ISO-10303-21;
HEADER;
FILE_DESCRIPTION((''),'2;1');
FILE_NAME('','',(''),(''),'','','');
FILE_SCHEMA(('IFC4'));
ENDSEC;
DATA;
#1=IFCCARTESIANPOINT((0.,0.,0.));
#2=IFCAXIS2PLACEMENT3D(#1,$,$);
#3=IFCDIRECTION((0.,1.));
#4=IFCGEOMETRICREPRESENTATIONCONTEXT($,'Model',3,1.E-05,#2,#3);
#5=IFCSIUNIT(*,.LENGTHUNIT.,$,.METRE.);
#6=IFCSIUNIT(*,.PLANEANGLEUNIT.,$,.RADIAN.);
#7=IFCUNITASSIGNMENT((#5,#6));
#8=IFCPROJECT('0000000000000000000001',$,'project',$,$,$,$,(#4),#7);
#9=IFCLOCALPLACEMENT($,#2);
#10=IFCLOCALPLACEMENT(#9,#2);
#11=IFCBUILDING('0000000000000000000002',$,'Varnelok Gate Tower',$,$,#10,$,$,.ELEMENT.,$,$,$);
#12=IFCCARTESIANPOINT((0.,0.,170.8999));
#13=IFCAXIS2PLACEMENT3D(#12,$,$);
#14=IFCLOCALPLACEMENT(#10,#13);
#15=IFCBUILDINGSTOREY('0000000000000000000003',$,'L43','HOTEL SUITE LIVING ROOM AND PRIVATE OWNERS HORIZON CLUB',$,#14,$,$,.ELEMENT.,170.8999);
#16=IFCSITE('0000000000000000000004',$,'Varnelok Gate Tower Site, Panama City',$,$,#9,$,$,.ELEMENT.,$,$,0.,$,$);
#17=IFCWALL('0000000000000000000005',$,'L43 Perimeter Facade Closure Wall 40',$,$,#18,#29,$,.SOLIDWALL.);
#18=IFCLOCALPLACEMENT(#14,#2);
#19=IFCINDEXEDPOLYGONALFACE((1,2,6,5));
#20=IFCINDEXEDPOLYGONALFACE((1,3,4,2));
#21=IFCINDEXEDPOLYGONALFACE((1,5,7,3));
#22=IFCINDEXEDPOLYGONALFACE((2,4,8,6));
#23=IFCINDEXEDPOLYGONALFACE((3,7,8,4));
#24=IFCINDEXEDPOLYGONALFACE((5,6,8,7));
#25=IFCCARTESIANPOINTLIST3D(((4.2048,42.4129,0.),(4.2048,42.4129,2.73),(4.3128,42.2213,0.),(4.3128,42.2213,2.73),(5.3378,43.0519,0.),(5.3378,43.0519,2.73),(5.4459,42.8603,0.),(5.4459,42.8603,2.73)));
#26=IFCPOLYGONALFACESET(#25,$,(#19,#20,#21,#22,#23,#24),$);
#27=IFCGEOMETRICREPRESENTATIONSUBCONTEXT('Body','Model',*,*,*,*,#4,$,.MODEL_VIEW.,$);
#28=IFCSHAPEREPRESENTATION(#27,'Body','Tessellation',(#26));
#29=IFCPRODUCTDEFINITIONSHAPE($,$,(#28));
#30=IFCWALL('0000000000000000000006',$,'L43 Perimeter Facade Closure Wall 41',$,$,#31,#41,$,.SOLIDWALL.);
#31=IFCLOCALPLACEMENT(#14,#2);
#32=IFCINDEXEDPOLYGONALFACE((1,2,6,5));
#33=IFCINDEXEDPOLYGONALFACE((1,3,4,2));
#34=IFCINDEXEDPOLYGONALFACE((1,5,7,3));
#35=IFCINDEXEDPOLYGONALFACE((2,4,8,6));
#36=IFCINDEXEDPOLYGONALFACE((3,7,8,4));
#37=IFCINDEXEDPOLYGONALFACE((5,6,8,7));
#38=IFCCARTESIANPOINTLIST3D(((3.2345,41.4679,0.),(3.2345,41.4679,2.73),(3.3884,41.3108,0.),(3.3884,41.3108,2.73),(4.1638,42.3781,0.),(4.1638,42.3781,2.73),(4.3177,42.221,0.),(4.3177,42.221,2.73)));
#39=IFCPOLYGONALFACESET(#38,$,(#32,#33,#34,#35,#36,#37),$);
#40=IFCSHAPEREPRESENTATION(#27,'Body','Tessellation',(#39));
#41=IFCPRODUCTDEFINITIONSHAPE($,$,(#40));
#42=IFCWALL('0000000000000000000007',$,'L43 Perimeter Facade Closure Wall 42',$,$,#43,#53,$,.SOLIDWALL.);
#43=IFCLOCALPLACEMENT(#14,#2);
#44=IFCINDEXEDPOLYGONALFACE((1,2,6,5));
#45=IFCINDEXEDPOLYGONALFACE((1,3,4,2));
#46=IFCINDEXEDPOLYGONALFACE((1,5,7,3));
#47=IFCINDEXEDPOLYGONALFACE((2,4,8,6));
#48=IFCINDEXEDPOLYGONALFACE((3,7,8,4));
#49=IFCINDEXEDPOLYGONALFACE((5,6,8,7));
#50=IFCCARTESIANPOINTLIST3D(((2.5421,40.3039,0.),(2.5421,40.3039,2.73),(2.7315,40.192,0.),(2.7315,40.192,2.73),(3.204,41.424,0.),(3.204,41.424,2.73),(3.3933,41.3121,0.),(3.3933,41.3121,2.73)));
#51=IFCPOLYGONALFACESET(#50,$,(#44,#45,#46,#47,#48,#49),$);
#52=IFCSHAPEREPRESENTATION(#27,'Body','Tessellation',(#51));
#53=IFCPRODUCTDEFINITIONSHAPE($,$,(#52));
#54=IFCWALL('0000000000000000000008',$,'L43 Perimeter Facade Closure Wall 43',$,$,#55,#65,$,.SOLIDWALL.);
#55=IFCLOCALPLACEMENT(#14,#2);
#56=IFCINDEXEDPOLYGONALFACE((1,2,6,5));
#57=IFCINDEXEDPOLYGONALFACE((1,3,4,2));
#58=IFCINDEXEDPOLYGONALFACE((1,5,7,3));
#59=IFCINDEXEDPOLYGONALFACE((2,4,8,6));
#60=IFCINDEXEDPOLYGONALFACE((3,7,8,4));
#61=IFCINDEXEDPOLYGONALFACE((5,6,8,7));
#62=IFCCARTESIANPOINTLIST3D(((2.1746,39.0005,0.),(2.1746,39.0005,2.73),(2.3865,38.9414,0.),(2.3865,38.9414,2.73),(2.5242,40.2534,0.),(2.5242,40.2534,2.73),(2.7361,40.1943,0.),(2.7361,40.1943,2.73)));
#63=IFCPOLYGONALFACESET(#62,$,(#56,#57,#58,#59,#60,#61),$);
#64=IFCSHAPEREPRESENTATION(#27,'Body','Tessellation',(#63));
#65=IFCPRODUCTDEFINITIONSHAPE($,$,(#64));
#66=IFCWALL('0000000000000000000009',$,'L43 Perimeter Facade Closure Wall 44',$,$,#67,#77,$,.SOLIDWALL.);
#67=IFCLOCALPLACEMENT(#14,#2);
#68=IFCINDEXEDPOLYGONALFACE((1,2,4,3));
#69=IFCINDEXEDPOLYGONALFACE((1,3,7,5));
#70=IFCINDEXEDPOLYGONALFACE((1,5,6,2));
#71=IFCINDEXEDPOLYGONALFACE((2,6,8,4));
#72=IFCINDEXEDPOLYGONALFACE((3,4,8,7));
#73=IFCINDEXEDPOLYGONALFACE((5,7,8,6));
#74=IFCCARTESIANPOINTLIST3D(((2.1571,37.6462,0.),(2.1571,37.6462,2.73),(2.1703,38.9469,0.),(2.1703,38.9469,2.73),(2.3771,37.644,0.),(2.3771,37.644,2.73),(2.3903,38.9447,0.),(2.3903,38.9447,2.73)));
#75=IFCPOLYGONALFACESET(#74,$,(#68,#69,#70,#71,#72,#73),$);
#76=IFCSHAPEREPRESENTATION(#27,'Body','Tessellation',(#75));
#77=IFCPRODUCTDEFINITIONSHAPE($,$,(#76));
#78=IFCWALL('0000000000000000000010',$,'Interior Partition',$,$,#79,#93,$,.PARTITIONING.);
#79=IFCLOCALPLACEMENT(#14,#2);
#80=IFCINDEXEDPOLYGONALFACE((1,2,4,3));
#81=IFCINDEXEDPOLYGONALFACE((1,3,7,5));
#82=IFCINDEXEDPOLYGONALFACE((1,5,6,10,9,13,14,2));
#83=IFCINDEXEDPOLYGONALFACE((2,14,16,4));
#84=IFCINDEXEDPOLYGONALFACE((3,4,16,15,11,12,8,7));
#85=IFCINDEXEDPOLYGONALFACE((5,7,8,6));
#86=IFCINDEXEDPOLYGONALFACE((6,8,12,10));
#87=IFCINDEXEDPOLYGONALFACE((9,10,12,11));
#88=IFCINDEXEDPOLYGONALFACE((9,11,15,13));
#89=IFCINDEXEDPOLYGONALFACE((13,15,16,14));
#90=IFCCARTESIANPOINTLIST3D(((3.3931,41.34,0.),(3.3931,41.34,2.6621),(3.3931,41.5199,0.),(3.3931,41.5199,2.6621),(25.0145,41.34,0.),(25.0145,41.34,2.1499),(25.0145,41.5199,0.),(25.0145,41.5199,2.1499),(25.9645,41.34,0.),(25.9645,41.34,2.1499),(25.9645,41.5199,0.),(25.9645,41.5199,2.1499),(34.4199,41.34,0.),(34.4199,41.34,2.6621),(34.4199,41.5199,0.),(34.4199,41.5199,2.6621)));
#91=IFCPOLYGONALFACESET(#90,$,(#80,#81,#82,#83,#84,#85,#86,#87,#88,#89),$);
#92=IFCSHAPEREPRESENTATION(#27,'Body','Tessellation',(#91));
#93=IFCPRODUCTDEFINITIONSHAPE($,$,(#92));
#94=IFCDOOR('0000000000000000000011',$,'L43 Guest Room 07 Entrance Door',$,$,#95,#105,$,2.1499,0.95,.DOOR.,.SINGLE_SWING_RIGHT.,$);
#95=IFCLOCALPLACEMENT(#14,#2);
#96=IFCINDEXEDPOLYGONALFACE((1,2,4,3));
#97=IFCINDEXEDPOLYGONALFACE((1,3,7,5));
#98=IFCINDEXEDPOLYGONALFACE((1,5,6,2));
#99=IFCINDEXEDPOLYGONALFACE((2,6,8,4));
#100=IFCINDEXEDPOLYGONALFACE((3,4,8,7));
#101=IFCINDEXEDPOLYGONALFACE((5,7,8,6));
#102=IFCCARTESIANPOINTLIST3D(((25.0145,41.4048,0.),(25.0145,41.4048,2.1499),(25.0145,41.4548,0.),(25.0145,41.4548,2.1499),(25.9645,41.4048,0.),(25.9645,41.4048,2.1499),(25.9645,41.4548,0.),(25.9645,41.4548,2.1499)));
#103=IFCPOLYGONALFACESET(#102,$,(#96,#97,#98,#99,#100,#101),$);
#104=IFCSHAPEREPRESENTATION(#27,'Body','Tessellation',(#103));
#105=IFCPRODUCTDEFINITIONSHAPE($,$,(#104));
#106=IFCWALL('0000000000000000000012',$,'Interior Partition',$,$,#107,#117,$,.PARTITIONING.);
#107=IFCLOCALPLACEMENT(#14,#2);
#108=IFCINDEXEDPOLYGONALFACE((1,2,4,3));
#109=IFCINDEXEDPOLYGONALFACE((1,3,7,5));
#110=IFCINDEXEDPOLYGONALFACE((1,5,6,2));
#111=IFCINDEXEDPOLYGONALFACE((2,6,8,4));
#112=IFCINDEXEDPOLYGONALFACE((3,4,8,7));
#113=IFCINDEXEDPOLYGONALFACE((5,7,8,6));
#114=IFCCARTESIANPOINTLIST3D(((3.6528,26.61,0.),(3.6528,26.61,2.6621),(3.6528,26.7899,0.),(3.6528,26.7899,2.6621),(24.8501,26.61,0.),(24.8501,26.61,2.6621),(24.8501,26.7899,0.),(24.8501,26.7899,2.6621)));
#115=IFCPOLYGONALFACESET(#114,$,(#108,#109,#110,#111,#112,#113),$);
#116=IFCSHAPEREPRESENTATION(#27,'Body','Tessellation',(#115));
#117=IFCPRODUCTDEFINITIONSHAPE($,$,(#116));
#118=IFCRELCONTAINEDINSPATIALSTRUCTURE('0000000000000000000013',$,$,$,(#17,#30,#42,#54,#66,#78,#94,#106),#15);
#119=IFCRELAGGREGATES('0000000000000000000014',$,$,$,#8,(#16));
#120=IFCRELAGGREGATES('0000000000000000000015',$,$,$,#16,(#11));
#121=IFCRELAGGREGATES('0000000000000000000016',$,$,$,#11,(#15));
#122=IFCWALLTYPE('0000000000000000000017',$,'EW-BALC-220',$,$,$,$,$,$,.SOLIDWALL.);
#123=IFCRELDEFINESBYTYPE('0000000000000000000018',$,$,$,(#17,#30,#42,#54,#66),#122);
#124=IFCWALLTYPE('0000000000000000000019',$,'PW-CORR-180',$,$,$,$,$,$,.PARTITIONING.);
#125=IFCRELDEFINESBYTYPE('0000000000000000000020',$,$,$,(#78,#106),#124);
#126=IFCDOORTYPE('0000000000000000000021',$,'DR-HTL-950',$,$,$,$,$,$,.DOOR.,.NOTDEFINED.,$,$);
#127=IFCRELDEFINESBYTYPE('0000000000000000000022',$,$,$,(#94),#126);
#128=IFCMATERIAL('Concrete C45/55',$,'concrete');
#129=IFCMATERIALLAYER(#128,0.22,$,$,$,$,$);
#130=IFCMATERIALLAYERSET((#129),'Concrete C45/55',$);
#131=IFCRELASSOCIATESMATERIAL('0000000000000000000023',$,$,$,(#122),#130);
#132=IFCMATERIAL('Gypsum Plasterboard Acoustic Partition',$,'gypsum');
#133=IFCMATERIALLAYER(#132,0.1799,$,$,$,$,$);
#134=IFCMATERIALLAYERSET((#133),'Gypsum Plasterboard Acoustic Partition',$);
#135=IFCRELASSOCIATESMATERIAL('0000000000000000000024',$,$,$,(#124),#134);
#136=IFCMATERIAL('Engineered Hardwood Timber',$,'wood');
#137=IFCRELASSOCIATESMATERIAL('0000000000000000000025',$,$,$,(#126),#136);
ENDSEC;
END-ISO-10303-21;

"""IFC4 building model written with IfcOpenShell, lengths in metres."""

from ifc_helpers import new_model, si_unit, direction, frame, frame_2d, origin, place, context, subcontext, project, spatial, rectangle, extrude, material, layer, layer_set, type_object, element, fill, save


model = new_model("IFC4")

# Units and contexts
model_context = context("Model", 3, precision=1e-05, world=origin(), true_north=direction((0.0, 1.0)))
body_context = subcontext(model_context, "Body", "Model", "MODEL_VIEW")
ifc_project = project(units=[si_unit("LENGTHUNIT", "METRE"), si_unit("PLANEANGLEUNIT", "RADIAN")], contexts=[model_context])

# Site, building, storey
site_placement = place(None, origin())
site = spatial("IfcSite", under=ifc_project, at=site_placement, Name="Varnelok Gate Tower Site, Panama City", CompositionType="ELEMENT", RefElevation=0.0)
building_placement = place(site_placement, origin())
building = spatial("IfcBuilding", under=site, at=building_placement, Name="Varnelok Gate Tower", CompositionType="ELEMENT")
storey_placement = place(building_placement, frame((0.0, 0.0, 170.8999)))
storey = spatial("IfcBuildingStorey", under=building, at=storey_placement, Name="L43", Description="HOTEL SUITE LIVING ROOM AND PRIVATE OWNERS HORIZON CLUB", CompositionType="ELEMENT", Elevation=170.8999)

# Walls
ifc_material_1 = material(Name="Concrete C45/55", Category="concrete")
ifc_layer_1 = layer(ifc_material_1, 0.22)
ifc_layer_set_1 = layer_set([ifc_layer_1], Name="Concrete C45/55")
wall_type_1 = type_object("IfcWallType", Name="EW-BALC-220", PredefinedType="SOLIDWALL", material=ifc_layer_set_1)
for number, where, z_axis, x_axis, name in (
    (1, (5.3918, 42.9561, 0.0), (0.0, 0.0, 1.0), (-0.871059, -0.491179, 0.0), "L43 Perimeter Facade Closure Wall 40"),
    (2, (4.2407, 42.2996, 0.0), (0.0, 0.0, 1.0), (-0.714389, -0.699749, 0.0), "L43 Perimeter Facade Closure Wall 41"),
):
    element("IfcWall", number, at=place(storey_placement, frame(where, z_axis=z_axis, x_axis=x_axis)), inside=storey, type_object=wall_type_1, Name=name, PredefinedType="SOLIDWALL", context=body_context, shape_type="SweptSolid", body=[
        extrude(rectangle(XDim=1.3008, YDim=0.22, at=frame_2d((0.6504, 0.0))), origin(), (0.0, 0.0, 1.0), 2.73),
    ])
wall_1_placement = place(storey_placement, frame((3.2986, 41.3679, 0.0), z_axis=(0.0, 0.0, 1.0), x_axis=(-0.508717, -0.860934, 0.0)))
element("IfcWall", 3, at=wall_1_placement, inside=storey, type_object=wall_type_1, Name="L43 Perimeter Facade Closure Wall 42", PredefinedType="SOLIDWALL", context=body_context, shape_type="SweptSolid", body=[
    extrude(rectangle(XDim=1.301, YDim=0.22, at=frame_2d((0.6504, 0.0))), origin(), (0.0, 0.0, 1.0), 2.73),
])
for number, where, z_axis, x_axis, name in (
    (4, (2.6301, 40.2239, 0.0), (0.0, 0.0, 1.0), (-0.268767, -0.963205, 0.0), "L43 Perimeter Facade Closure Wall 43"),
    (5, (2.2803, 38.9458, 0.0), (0.0, 0.0, 1.0), (-0.010135, -0.999949, 0.0), "L43 Perimeter Facade Closure Wall 44"),
):
    element("IfcWall", number, at=place(storey_placement, frame(where, z_axis=z_axis, x_axis=x_axis)), inside=storey, type_object=wall_type_1, Name=name, PredefinedType="SOLIDWALL", context=body_context, shape_type="SweptSolid", body=[
        extrude(rectangle(XDim=1.3008, YDim=0.22, at=frame_2d((0.6504, 0.0))), origin(), (0.0, 0.0, 1.0), 2.73),
    ])

# Wall, opening, door
ifc_material_2 = material(Name="Gypsum Plasterboard Acoustic Partition", Category="gypsum")
ifc_layer_2 = layer(ifc_material_2, 0.1799)
ifc_layer_set_2 = layer_set([ifc_layer_2], Name="Gypsum Plasterboard Acoustic Partition")
wall_type_2 = type_object("IfcWallType", Name="PW-CORR-180", PredefinedType="PARTITIONING", material=ifc_layer_set_2)
wall_2_placement = place(storey_placement, frame((3.3931, 41.4299, 0.0), z_axis=(0.0, 0.0, 1.0), x_axis=(1.0, 0.0, 0.0)))
wall_2 = element("IfcWall", 6, at=wall_2_placement, inside=storey, type_object=wall_type_2, Name="Interior Partition", PredefinedType="PARTITIONING", context=body_context, shape_type="SweptSolid", body=[
    extrude(rectangle(XDim=31.0269, YDim=0.1799, at=frame_2d((15.5134, 0.0))), origin(), (0.0, 0.0, 1.0), 2.6621),
])
opening_placement = place(wall_2_placement, frame((21.6213, 0.0, 0.0)))
opening = element("IfcOpeningElement", 7, at=opening_placement, cuts=wall_2, PredefinedType="OPENING", context=body_context, shape_type="SweptSolid", body=[
    extrude(rectangle(XDim=0.95, YDim=2.1499, at=frame_2d((0.4751, 1.075))), frame((0.0, 0.0999, 0.0), z_axis=(0.0, -1.0, 0.0), x_axis=(1.0, 0.0, 0.0)), (0.0, 0.0, 1.0), 0.2),
])
ifc_material_3 = material(Name="Engineered Hardwood Timber", Category="wood")
door_type = type_object("IfcDoorType", Name="DR-HTL-950", OperationType="NOTDEFINED", PredefinedType="DOOR", material=ifc_material_3)
door_placement = place(opening_placement, origin())
door = element("IfcDoor", 8, at=door_placement, inside=storey, type_object=door_type, Name="L43 Guest Room 07 Entrance Door", OperationType="SINGLE_SWING_RIGHT", OverallHeight=2.1499, OverallWidth=0.95, PredefinedType="DOOR", context=body_context, shape_type="SweptSolid", body=[
    extrude(rectangle(XDim=0.95, YDim=2.1499, at=frame_2d((0.4751, 1.075))), frame((0.0, 0.0249, 0.0), z_axis=(0.0, -1.0, 0.0), x_axis=(1.0, 0.0, 0.0)), (0.0, 0.0, 1.0), 0.05),
])
fill(opening, door)

# Wall
wall_3_placement = place(storey_placement, frame((3.6528, 26.7, 0.0), z_axis=(0.0, 0.0, 1.0), x_axis=(1.0, 0.0, 0.0)))
element("IfcWall", 9, at=wall_3_placement, inside=storey, type_object=wall_type_2, Name="Interior Partition", PredefinedType="PARTITIONING", context=body_context, shape_type="SweptSolid", body=[
    extrude(rectangle(XDim=21.1973, YDim=0.1799, at=frame_2d((10.5986, 0.0))), origin(), (0.0, 0.0, 1.0), 2.6621),
])

save(model, "model.ifc")
